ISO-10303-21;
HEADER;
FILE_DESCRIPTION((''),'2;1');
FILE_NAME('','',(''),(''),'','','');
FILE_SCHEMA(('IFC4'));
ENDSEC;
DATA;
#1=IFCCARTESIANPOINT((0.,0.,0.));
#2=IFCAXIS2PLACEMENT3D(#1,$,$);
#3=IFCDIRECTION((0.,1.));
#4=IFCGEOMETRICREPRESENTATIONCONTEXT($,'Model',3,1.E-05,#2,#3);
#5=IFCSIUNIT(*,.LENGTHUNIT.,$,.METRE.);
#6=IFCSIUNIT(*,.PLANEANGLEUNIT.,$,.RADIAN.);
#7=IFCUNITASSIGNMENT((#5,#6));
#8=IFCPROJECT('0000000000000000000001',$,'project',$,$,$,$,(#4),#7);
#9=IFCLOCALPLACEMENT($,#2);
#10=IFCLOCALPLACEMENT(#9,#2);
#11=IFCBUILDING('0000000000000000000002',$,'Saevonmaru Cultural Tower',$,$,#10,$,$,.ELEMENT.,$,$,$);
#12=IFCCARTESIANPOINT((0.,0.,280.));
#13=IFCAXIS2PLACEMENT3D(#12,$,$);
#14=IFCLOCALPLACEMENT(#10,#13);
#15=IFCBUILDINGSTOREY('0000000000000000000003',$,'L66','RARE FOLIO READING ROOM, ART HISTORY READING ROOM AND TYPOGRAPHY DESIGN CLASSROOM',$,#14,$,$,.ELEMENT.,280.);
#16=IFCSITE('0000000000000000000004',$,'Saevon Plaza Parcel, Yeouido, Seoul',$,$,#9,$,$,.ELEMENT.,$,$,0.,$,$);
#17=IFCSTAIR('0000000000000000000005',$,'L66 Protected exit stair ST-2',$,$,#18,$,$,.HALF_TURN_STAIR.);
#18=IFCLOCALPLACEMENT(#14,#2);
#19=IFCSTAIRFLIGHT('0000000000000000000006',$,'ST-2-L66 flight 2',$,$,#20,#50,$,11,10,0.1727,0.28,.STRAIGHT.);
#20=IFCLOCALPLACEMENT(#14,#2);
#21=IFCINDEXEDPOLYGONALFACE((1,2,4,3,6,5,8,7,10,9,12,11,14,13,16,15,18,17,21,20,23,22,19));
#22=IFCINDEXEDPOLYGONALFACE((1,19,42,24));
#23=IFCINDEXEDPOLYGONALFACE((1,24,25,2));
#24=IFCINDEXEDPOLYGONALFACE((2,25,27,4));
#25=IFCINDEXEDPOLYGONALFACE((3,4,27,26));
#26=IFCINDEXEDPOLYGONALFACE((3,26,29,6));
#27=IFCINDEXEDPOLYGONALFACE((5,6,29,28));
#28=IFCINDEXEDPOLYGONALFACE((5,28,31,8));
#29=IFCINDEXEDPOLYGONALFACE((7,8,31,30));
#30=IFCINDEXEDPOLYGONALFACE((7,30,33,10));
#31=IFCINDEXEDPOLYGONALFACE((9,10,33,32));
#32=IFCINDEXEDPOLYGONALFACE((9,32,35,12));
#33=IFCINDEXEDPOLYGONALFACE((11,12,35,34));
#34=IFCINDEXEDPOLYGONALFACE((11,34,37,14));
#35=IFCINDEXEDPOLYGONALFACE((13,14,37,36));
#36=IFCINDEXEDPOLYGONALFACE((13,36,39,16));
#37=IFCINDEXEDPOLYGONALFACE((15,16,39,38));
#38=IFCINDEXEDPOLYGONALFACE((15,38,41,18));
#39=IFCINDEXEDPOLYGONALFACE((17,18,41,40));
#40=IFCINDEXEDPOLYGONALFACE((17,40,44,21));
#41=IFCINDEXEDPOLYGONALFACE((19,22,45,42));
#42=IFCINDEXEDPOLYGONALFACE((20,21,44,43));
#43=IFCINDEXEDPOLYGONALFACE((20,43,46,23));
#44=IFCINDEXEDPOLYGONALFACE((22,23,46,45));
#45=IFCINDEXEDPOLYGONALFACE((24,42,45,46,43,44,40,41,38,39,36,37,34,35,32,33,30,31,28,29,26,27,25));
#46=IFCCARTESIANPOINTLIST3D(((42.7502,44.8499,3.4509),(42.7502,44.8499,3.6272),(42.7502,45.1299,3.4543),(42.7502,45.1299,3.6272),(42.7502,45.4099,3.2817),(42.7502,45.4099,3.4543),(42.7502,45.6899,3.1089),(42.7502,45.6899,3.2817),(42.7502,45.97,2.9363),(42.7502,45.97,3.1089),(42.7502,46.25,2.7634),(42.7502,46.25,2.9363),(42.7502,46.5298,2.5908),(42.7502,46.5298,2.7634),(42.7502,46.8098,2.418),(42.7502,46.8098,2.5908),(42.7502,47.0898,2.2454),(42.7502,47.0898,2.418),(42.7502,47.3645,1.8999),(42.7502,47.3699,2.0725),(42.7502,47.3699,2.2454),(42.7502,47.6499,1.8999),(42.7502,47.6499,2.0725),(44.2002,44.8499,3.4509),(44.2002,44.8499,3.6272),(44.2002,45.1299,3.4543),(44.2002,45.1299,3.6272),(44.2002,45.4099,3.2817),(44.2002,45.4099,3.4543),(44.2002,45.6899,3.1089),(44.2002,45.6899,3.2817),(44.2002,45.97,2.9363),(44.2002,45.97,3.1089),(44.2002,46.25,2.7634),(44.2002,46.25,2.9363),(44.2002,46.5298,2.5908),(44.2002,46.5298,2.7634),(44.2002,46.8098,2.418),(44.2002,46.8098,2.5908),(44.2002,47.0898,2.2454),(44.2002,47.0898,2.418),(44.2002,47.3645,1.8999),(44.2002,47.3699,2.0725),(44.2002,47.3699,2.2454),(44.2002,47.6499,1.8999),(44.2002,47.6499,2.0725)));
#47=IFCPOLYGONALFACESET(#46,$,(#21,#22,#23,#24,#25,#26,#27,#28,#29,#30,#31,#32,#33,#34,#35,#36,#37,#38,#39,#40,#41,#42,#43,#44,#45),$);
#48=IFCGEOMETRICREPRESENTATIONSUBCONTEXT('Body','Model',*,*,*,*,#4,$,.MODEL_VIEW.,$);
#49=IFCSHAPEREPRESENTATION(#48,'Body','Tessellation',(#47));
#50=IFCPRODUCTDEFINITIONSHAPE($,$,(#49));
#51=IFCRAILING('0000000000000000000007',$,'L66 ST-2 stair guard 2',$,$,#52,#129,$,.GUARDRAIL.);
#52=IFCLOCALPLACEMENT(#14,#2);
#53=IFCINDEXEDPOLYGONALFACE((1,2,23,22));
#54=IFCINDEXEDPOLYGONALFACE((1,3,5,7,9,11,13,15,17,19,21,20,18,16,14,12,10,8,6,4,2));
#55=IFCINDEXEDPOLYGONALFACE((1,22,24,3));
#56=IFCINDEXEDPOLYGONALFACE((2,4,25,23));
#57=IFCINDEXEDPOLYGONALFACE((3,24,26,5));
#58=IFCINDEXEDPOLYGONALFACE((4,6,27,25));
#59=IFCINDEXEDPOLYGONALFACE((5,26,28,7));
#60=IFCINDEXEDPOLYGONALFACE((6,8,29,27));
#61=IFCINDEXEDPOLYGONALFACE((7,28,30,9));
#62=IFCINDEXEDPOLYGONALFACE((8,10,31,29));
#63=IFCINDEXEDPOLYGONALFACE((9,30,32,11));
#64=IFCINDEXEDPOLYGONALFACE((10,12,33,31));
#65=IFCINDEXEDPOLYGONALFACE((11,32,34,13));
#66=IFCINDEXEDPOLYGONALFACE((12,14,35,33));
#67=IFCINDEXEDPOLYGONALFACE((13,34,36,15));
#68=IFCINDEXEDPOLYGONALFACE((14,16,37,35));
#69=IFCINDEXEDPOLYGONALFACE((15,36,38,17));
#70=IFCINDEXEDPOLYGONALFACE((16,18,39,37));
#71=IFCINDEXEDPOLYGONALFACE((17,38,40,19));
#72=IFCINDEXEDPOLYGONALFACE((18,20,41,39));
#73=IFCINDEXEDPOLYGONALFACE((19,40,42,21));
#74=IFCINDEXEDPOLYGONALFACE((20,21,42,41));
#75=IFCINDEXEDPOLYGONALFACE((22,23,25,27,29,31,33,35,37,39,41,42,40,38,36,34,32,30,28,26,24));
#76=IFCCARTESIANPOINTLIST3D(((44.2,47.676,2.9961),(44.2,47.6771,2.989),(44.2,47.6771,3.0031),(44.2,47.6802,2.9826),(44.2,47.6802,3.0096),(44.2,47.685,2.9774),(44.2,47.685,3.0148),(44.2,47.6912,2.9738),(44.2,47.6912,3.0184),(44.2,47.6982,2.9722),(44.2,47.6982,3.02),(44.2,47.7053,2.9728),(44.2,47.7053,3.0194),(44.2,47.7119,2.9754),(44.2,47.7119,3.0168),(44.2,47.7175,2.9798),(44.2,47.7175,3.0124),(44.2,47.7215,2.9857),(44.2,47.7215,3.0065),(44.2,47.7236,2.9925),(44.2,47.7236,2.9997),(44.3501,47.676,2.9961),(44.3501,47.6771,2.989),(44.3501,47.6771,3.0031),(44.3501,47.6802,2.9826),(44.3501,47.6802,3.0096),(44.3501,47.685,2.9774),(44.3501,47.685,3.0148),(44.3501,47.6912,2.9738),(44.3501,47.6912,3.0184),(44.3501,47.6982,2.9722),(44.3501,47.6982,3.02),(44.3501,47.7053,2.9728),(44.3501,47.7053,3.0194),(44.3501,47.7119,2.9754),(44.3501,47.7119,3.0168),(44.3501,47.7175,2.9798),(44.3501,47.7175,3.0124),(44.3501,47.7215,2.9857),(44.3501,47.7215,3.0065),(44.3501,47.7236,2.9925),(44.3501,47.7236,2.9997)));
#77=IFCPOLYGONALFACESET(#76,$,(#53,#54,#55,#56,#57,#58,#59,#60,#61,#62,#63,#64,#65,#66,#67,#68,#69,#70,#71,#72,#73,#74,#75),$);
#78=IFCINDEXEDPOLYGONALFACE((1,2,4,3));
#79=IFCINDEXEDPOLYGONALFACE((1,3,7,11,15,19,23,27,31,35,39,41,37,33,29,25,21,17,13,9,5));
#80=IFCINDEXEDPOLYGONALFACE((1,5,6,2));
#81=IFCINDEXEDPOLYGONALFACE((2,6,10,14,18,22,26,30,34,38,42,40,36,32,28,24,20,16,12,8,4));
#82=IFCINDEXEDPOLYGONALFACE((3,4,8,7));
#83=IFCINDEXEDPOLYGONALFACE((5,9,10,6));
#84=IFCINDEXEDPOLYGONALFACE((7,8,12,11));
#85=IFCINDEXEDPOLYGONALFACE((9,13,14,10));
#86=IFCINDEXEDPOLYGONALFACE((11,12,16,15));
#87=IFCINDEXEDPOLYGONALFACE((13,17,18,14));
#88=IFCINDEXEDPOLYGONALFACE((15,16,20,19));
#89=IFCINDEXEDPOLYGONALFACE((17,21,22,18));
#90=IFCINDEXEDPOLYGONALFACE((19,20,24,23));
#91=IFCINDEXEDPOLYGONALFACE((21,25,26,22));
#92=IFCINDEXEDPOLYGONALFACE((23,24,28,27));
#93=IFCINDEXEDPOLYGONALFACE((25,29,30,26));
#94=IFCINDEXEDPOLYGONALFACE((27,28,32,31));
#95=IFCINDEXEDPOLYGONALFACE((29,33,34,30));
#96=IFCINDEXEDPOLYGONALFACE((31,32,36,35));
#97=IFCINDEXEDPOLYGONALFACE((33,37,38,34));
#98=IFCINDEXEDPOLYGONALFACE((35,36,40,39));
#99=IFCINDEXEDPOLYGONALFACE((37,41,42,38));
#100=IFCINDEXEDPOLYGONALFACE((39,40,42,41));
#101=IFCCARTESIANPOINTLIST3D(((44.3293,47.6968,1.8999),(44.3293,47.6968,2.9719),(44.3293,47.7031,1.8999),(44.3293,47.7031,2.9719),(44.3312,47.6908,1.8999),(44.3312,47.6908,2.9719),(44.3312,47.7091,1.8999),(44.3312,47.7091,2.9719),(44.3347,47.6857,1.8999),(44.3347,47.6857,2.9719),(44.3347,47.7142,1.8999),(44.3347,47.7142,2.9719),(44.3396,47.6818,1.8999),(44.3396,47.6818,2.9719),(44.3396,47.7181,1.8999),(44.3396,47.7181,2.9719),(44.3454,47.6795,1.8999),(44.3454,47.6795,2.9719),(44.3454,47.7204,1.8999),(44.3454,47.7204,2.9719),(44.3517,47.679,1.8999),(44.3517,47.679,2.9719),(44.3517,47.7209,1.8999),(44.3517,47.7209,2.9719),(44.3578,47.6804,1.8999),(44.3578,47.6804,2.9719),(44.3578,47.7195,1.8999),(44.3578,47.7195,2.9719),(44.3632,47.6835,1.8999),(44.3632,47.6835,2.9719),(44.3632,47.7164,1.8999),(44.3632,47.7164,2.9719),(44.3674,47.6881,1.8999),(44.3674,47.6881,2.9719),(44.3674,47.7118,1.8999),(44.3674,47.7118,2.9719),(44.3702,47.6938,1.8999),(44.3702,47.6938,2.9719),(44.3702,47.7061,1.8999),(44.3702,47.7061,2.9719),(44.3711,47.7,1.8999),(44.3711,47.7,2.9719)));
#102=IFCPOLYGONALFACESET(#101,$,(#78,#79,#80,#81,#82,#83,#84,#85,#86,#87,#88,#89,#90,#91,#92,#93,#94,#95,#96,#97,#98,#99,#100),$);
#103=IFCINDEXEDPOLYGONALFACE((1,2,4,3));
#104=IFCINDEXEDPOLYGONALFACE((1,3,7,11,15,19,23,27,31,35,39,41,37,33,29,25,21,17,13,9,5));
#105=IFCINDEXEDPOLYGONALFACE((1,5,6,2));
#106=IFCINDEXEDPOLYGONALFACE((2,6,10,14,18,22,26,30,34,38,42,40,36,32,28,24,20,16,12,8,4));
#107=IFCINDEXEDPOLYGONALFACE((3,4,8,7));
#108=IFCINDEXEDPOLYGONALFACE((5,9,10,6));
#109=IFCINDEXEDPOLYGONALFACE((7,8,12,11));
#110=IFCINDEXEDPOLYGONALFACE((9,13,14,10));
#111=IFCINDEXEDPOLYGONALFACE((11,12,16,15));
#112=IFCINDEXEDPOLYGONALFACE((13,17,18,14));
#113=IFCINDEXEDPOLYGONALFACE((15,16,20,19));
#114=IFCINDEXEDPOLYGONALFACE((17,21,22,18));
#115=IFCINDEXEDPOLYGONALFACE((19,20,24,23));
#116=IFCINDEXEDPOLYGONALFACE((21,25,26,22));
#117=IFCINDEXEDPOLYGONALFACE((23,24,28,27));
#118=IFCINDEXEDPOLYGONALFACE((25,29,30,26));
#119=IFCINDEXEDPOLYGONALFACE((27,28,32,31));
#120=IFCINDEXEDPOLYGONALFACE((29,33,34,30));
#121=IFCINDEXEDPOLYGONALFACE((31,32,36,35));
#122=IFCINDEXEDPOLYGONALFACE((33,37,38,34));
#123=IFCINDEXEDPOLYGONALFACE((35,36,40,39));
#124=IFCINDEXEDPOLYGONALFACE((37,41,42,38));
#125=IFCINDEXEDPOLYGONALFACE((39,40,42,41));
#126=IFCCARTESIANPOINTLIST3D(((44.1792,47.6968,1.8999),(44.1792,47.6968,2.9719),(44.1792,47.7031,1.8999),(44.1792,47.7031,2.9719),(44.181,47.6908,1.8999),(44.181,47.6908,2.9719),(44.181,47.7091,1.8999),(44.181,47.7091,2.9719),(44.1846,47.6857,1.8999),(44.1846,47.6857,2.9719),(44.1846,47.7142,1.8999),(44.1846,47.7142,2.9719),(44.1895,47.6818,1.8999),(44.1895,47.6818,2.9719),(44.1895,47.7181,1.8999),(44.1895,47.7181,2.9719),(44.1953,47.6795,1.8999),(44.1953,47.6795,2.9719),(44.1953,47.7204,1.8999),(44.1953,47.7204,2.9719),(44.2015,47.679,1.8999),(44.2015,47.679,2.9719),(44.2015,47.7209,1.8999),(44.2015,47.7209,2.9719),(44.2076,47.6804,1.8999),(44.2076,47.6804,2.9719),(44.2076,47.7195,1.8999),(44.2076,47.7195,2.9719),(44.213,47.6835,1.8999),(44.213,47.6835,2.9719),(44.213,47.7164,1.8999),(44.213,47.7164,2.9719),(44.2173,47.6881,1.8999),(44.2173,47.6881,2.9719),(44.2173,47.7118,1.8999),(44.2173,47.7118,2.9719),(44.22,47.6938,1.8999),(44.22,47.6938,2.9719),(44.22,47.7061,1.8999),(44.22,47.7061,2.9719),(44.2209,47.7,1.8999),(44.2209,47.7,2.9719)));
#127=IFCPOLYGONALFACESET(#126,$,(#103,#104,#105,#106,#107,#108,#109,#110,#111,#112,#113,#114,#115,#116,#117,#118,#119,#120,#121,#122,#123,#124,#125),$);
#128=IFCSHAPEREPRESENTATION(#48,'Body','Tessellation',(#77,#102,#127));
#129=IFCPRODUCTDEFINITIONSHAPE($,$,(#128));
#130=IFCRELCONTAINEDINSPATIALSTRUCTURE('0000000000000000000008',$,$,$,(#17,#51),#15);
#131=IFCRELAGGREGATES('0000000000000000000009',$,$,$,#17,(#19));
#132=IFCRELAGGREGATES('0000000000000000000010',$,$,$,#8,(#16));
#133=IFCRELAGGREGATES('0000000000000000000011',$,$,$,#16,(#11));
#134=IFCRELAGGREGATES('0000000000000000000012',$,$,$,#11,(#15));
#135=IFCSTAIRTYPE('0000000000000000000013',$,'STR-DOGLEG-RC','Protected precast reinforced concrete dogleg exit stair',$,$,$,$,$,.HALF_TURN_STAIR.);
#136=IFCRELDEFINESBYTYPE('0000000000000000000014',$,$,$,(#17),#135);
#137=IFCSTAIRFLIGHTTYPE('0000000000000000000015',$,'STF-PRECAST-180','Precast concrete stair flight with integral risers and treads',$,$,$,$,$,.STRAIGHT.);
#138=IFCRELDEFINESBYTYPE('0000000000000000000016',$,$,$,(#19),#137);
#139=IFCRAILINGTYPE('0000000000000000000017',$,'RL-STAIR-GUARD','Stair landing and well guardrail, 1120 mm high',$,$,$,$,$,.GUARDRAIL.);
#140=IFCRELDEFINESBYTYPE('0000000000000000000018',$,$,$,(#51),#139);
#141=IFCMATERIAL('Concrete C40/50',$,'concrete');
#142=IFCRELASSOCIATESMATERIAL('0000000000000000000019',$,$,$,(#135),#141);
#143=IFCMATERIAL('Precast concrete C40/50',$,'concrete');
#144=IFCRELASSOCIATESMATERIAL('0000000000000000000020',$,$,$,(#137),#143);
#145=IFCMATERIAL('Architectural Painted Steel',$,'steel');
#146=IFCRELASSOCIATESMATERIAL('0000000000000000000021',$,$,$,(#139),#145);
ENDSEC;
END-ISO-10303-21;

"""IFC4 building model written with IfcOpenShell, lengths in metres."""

from ifc_helpers import new_model, si_unit, direction, frame, origin, origin_2d, place, context, subcontext, project, spatial, polyline, circle, outline, extrude, material, type_object, element, aggregate, save


model = new_model("IFC4")

# Units and contexts
model_context = context("Model", 3, precision=1e-05, world=origin(), true_north=direction((0.0, 1.0)))
body_context = subcontext(model_context, "Body", "Model", "MODEL_VIEW")
ifc_project = project(units=[si_unit("LENGTHUNIT", "METRE"), si_unit("PLANEANGLEUNIT", "RADIAN")], contexts=[model_context])

# Site, building, storey
site_placement = place(None, origin())
site = spatial("IfcSite", under=ifc_project, at=site_placement, Name="Saevon Plaza Parcel, Yeouido, Seoul", CompositionType="ELEMENT", RefElevation=0.0)
building_placement = place(site_placement, origin())
building = spatial("IfcBuilding", under=site, at=building_placement, Name="Saevonmaru Cultural Tower", CompositionType="ELEMENT")
storey_placement = place(building_placement, frame((0.0, 0.0, 280.0)))
storey = spatial("IfcBuildingStorey", under=building, at=storey_placement, Name="L66", Description="RARE FOLIO READING ROOM, ART HISTORY READING ROOM AND TYPOGRAPHY DESIGN CLASSROOM", CompositionType="ELEMENT", Elevation=280.0)

# Shared definitions
ifc_material_1 = material(Name="Concrete C40/50", Category="concrete")

# Stair, stair flight
stair_type = type_object("IfcStairType", Name="STR-DOGLEG-RC", Description="Protected precast reinforced concrete dogleg exit stair", PredefinedType="HALF_TURN_STAIR", material=ifc_material_1)
stair_placement = place(storey_placement, origin())
stair = element("IfcStair", 1, at=stair_placement, inside=storey, type_object=stair_type, Name="L66 Protected exit stair ST-2", PredefinedType="HALF_TURN_STAIR")
ifc_material_2 = material(Name="Precast concrete C40/50", Category="concrete")
stair_flight_type = type_object("IfcStairFlightType", Name="STF-PRECAST-180", Description="Precast concrete stair flight with integral risers and treads", PredefinedType="STRAIGHT", material=ifc_material_2)
stair_flight_placement = place(storey_placement, frame((43.4751, 47.6499, 1.8999), z_axis=(0.0, 0.0, 1.0), x_axis=(0.0, -1.0, 0.0)))
stair_flight = element("IfcStairFlight", 2, at=stair_flight_placement, type_object=stair_flight_type, Name="ST-2-L66 flight 2", NumberOfRisers=11, NumberOfTreads=10, PredefinedType="STRAIGHT", RiserHeight=0.1727, TreadLength=0.28, context=body_context, shape_type="SweptSolid", body=[
    extrude(outline(polyline([(0.0, 0.0), (0.0, 0.1726), (0.28, 0.1726), (0.28, 0.3455), (0.5601, 0.3455), (0.5601, 0.5181), (0.8401, 0.5181), (0.8401, 0.6909), (1.1201, 0.6909), (1.1201, 0.8635), (1.3999, 0.8635), (1.3999, 1.0364), (1.6799, 1.0364), (1.6799, 1.209), (1.96, 1.209), (1.96, 1.3818), (2.24, 1.3818), (2.24, 1.5544), (2.52, 1.5544), (2.52, 1.7273), (2.8, 1.7273), (2.8, 1.8999), (2.8, 1.551), (0.2854, 0.0), (0.0, 0.0)])), frame((0.0, 0.7251, 0.0), z_axis=(0.0, -1.0, 0.0), x_axis=(1.0, 0.0, 0.0)), (0.0, 0.0, 1.0), 1.45),
])
aggregate(stair, [stair_flight])

# Railing
ifc_material_3 = material(Name="Architectural Painted Steel", Category="steel")
railing_type_1 = type_object("IfcRailingType", Name="RL-STAIR-GUARD", Description="Stair landing and well guardrail, 1120 mm high", PredefinedType="GUARDRAIL", material=ifc_material_3)
railing_1_placement = place(storey_placement, frame((44.3501, 47.7, 1.8999)))
element("IfcRailing", 3, at=railing_1_placement, inside=storey, type_object=railing_type_1, Name="L66 ST-2 stair guard 2", PredefinedType="GUARDRAIL", context=body_context, shape_type="SweptSolid", body=[
    extrude(circle(Radius=0.0239, at=origin_2d()), frame((0.0, 0.0, 1.0962), z_axis=(-1.0, 0.0, 0.0), x_axis=(0.0, -1.0, 0.0)), (0.0, 0.0, 1.0), 0.1501),
    extrude(circle(Radius=0.021, at=origin_2d()), origin(), (0.0, 0.0, 1.0), 1.072),
    extrude(circle(Radius=0.021, at=origin_2d()), frame((-0.1501, 0.0, 0.0)), (0.0, 0.0, 1.0), 1.072),
])

save(model, "model.ifc")
